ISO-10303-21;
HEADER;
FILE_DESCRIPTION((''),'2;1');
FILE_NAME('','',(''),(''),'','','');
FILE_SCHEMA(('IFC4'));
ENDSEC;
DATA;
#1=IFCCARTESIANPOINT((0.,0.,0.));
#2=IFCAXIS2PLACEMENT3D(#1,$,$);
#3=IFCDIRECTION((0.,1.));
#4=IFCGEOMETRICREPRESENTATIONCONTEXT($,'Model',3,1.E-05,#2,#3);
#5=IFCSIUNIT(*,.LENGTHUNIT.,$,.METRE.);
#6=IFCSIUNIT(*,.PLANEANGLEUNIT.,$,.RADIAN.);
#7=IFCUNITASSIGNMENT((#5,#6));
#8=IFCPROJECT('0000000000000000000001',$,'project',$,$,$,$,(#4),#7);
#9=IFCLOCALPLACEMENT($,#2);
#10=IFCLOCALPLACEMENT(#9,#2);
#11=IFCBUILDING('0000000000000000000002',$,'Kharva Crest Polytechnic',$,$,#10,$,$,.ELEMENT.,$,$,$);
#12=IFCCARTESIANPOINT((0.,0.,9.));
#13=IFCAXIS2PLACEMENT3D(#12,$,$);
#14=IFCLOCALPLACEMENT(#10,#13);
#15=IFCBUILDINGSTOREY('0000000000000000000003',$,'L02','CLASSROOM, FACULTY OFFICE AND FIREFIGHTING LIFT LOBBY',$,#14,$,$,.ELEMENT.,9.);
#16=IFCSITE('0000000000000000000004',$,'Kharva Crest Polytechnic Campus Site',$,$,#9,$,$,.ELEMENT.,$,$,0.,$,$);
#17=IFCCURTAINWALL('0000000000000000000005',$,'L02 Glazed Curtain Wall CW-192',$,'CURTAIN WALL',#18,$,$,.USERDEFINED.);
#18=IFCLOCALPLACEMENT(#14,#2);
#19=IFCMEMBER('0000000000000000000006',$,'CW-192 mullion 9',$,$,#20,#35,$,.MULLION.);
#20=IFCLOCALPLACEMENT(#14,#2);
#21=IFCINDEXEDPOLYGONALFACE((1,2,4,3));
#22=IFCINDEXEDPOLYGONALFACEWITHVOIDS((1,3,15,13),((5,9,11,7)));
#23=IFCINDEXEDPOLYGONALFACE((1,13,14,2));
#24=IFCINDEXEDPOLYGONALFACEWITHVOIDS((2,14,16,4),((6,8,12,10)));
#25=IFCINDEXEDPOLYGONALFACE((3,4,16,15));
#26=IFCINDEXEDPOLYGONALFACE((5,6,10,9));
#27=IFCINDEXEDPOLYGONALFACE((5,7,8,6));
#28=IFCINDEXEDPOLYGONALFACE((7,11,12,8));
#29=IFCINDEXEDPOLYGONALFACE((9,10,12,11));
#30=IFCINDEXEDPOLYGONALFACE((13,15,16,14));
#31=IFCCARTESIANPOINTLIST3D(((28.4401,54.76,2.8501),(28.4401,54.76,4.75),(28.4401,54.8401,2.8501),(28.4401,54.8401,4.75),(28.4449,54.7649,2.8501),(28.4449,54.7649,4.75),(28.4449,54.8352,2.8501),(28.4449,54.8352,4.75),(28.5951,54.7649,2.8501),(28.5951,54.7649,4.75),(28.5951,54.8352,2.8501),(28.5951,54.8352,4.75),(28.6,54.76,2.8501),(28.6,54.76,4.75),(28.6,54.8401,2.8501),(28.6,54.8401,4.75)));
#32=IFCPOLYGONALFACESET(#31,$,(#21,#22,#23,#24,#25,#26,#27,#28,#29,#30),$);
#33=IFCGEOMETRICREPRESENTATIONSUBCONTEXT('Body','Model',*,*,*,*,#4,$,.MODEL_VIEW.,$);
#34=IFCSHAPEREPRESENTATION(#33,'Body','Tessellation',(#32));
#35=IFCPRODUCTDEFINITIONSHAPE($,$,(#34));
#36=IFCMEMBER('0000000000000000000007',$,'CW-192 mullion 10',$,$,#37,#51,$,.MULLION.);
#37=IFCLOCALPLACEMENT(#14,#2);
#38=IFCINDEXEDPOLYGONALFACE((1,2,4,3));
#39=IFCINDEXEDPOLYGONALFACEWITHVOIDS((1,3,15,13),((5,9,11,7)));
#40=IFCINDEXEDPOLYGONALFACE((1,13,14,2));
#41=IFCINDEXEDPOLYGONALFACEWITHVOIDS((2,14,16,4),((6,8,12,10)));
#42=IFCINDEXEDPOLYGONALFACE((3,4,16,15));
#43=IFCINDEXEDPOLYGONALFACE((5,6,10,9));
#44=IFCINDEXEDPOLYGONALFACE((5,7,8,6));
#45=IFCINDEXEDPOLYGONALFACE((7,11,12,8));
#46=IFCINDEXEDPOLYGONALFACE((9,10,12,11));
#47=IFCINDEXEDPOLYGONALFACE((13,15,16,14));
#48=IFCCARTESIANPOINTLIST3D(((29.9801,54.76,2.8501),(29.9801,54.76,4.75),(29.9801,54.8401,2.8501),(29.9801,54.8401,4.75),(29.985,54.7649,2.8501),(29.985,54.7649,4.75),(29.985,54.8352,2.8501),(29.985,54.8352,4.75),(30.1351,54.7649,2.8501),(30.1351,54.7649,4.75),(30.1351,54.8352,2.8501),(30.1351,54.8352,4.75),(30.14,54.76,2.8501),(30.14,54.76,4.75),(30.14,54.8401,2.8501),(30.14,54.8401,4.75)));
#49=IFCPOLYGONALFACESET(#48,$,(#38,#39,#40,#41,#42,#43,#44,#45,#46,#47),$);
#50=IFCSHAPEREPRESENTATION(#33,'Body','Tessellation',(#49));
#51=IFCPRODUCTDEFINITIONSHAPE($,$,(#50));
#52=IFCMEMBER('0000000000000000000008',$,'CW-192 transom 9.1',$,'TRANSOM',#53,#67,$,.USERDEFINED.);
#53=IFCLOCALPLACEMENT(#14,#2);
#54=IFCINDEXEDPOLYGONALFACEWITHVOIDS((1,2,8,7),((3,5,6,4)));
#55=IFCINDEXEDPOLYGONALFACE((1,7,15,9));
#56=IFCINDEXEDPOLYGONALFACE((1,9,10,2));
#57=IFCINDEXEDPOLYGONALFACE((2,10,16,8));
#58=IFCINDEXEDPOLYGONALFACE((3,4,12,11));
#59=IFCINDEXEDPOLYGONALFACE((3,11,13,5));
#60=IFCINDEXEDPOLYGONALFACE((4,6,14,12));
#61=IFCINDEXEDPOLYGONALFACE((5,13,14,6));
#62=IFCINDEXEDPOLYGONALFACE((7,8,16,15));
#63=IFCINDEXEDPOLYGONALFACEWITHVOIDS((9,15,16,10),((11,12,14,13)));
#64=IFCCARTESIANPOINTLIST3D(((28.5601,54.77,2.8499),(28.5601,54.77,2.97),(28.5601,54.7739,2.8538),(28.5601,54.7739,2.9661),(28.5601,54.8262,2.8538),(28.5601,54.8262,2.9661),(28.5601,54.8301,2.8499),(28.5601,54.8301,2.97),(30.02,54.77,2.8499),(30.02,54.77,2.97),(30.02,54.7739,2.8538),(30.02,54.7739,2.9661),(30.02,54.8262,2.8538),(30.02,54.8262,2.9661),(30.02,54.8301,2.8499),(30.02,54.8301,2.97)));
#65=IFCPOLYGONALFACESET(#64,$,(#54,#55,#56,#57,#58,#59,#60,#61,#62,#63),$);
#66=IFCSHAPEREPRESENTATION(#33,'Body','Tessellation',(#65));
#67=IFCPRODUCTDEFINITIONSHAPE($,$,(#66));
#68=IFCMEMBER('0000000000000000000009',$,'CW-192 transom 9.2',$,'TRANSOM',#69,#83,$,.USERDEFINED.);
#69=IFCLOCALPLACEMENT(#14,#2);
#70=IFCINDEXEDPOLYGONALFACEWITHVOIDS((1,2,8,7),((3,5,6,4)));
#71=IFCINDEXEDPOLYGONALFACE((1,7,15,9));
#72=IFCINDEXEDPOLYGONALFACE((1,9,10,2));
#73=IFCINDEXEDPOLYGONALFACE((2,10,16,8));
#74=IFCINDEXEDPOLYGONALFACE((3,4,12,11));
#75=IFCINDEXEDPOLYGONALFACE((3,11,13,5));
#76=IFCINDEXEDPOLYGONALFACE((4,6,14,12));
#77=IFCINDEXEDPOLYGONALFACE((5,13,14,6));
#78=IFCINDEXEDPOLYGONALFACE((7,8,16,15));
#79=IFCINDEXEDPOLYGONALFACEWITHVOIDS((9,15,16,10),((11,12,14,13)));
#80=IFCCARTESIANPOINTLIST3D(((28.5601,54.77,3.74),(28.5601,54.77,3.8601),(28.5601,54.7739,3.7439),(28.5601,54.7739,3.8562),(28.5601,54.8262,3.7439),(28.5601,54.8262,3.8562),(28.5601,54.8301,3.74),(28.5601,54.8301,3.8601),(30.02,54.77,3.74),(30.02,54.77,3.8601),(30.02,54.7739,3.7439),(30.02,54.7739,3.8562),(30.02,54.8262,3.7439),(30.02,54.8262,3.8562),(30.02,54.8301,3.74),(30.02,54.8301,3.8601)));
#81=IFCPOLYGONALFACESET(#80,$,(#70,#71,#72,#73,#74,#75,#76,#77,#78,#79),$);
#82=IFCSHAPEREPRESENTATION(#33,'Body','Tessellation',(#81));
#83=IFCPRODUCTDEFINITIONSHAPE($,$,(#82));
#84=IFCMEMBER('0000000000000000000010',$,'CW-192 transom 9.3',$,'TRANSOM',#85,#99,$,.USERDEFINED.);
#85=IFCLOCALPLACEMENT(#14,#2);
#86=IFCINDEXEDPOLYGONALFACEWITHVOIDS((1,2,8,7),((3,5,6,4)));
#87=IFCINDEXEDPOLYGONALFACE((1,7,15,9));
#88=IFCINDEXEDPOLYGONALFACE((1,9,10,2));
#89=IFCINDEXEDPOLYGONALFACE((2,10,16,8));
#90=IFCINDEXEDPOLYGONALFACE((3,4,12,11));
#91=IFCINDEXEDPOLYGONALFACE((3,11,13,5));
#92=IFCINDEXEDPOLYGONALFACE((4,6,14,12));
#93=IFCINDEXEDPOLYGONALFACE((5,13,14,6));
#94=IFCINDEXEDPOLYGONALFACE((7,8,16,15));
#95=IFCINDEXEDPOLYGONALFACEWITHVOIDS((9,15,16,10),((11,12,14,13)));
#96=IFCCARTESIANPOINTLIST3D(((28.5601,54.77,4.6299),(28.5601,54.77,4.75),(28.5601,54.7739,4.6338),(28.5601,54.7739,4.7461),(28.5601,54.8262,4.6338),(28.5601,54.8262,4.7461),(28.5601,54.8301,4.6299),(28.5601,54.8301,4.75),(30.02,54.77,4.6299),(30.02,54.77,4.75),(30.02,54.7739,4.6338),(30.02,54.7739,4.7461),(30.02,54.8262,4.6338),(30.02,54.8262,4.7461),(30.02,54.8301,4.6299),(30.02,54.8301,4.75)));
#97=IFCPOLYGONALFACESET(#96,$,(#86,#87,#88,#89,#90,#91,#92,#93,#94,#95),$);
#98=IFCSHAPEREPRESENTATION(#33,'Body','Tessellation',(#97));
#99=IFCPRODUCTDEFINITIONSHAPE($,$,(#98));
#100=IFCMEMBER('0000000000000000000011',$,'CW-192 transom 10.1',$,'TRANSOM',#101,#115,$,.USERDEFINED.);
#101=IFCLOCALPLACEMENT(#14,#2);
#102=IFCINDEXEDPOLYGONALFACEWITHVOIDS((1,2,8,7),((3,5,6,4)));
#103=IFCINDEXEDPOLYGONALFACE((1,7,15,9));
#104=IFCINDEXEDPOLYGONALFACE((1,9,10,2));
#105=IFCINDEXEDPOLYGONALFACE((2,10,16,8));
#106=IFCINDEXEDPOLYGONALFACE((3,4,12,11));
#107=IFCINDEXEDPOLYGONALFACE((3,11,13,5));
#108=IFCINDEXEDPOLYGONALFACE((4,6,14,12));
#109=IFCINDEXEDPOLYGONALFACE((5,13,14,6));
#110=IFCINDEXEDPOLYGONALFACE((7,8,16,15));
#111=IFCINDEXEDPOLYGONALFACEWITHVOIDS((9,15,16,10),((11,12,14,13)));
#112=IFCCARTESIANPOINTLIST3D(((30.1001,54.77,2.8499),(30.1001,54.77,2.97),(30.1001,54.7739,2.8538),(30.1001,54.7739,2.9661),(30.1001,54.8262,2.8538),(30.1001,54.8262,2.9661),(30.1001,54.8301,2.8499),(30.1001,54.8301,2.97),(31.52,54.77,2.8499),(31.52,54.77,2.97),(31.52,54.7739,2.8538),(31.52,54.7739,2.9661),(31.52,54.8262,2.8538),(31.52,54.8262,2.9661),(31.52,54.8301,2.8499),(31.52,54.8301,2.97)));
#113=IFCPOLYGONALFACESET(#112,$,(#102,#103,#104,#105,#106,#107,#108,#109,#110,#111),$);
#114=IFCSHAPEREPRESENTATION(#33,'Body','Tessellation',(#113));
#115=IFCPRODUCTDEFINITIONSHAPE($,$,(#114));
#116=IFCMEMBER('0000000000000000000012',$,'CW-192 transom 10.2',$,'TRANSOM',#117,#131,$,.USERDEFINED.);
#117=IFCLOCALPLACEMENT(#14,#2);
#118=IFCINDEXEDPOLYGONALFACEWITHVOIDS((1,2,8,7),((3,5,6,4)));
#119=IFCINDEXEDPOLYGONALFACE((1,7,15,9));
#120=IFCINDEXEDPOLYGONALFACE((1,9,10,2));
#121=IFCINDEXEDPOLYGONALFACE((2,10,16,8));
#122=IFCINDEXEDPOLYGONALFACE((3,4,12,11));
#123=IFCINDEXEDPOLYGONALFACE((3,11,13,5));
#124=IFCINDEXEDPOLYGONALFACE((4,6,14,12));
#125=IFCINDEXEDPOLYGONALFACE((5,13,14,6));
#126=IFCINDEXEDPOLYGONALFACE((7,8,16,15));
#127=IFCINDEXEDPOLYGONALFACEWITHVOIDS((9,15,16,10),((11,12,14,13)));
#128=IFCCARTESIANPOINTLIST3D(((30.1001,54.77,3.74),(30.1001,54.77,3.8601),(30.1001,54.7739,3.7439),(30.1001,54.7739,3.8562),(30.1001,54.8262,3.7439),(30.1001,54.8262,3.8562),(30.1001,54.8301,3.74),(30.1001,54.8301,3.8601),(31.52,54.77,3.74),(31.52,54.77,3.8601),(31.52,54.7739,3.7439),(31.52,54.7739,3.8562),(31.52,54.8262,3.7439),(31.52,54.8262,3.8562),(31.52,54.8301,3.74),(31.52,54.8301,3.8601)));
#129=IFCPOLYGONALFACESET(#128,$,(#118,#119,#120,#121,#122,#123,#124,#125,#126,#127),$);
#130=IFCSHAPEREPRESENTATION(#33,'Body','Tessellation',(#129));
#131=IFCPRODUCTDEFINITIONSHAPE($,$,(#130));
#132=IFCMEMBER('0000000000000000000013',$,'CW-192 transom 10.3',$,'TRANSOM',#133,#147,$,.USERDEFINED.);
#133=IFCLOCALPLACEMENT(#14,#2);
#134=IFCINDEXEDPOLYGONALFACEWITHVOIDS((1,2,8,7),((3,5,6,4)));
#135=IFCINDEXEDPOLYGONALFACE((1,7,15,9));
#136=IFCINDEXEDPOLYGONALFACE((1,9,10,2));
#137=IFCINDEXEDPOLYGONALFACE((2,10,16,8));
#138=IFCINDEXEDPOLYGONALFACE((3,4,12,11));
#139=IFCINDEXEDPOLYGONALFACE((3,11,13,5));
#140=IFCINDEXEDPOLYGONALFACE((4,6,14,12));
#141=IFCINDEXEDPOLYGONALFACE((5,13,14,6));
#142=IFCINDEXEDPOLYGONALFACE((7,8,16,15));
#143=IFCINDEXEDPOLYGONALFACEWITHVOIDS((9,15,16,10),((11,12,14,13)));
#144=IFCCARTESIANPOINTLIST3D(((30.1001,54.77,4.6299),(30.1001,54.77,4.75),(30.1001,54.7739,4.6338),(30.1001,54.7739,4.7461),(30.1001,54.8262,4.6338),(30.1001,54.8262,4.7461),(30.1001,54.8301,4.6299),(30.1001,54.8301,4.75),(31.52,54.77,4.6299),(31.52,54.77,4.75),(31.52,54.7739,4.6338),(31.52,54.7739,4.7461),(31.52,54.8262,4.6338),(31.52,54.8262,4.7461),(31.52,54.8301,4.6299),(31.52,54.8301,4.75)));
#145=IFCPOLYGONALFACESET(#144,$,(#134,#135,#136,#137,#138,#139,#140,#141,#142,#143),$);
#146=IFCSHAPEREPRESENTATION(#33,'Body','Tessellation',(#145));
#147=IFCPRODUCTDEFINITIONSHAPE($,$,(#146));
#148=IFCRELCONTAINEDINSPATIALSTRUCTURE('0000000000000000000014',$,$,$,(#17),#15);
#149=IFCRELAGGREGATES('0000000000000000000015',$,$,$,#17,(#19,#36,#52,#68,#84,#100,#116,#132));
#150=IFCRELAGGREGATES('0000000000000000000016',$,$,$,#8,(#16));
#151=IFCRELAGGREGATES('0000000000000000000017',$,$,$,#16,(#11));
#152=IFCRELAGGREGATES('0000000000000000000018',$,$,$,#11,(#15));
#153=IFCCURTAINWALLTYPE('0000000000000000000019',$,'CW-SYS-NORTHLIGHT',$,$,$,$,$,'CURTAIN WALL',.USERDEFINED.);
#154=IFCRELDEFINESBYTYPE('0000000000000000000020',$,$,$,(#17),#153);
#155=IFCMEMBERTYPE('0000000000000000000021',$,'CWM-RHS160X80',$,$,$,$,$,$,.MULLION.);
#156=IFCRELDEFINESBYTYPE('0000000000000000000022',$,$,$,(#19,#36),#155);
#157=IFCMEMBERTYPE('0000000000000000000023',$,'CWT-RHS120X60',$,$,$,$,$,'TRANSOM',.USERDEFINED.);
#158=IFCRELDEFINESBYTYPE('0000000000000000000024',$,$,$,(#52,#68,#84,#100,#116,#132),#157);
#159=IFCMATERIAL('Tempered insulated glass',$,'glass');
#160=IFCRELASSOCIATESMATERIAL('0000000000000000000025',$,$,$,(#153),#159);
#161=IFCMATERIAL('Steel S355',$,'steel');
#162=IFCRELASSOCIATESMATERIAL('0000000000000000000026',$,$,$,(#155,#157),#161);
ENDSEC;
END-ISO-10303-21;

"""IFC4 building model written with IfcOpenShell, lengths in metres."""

from ifc_helpers import new_model, si_unit, direction, frame, origin, origin_2d, place, context, subcontext, project, spatial, hollow_rectangle, extrude, material, material_profile, profile_set, type_object, element, aggregate, save


model = new_model("IFC4")

# Units and contexts
model_context = context("Model", 3, precision=1e-05, world=origin(), true_north=direction((0.0, 1.0)))
body_context = subcontext(model_context, "Body", "Model", "MODEL_VIEW")
ifc_project = project(units=[si_unit("LENGTHUNIT", "METRE"), si_unit("PLANEANGLEUNIT", "RADIAN")], contexts=[model_context])

# Site, building, storey
site_placement = place(None, origin())
site = spatial("IfcSite", under=ifc_project, at=site_placement, Name="Kharva Crest Polytechnic Campus Site", CompositionType="ELEMENT", RefElevation=0.0)
building_placement = place(site_placement, origin())
building = spatial("IfcBuilding", under=site, at=building_placement, Name="Kharva Crest Polytechnic", CompositionType="ELEMENT")
storey_placement = place(building_placement, frame((0.0, 0.0, 9.0)))
storey = spatial("IfcBuildingStorey", under=building, at=storey_placement, Name="L02", Description="CLASSROOM, FACULTY OFFICE AND FIREFIGHTING LIFT LOBBY", CompositionType="ELEMENT", Elevation=9.0)

# Curtain wall, members
ifc_material_1 = material(Name="Tempered insulated glass", Category="glass")
curtain_wall_type = type_object("IfcCurtainWallType", Name="CW-SYS-NORTHLIGHT", ElementType="CURTAIN WALL", PredefinedType="USERDEFINED", material=ifc_material_1)
curtain_wall_placement = place(storey_placement, origin())
curtain_wall = element("IfcCurtainWall", 1, at=curtain_wall_placement, inside=storey, type_object=curtain_wall_type, Name="L02 Glazed Curtain Wall CW-192", ObjectType="CURTAIN WALL", PredefinedType="USERDEFINED")
ifc_material_2 = material(Name="Steel S355", Category="steel")
ifc_material_profile_1 = material_profile(ifc_material_2, hollow_rectangle(XDim=0.0801, YDim=0.1599, WallThickness=0.0049, at=origin_2d()), Name="RHS 160X80X5.0")
ifc_profile_set_1 = profile_set([ifc_material_profile_1], Name="Steel S355")
member_type_1 = type_object("IfcMemberType", Name="CWM-RHS160X80", PredefinedType="MULLION", material=ifc_profile_set_1)
member_1_placement = place(storey_placement, frame((28.52, 54.8, 2.8501), z_axis=(0.0, 0.0, 1.0), x_axis=(0.0, 1.0, 0.0)))
member_1 = element("IfcMember", 2, at=member_1_placement, type_object=member_type_1, Name="CW-192 mullion 9", PredefinedType="MULLION", context=body_context, shape_type="SweptSolid", body=[
    extrude(hollow_rectangle(XDim=0.0801, YDim=0.1599, WallThickness=0.0049, at=origin_2d()), origin(), (0.0, 0.0, 1.0), 1.8999),
])
member_2_placement = place(storey_placement, frame((30.0601, 54.8, 2.8501), z_axis=(0.0, 0.0, 1.0), x_axis=(0.0, 1.0, 0.0)))
member_2 = element("IfcMember", 3, at=member_2_placement, type_object=member_type_1, Name="CW-192 mullion 10", PredefinedType="MULLION", context=body_context, shape_type="SweptSolid", body=[
    extrude(hollow_rectangle(XDim=0.0801, YDim=0.1599, WallThickness=0.0049, at=origin_2d()), origin(), (0.0, 0.0, 1.0), 1.8999),
])
ifc_material_profile_2 = material_profile(ifc_material_2, hollow_rectangle(XDim=0.0601, YDim=0.1201, WallThickness=0.0039, at=origin_2d()), Name="RHS 120X60X4.0")
ifc_profile_set_2 = profile_set([ifc_material_profile_2], Name="Steel S355")
member_type_2 = type_object("IfcMemberType", Name="CWT-RHS120X60", ElementType="TRANSOM", PredefinedType="USERDEFINED", material=ifc_profile_set_2)
member_3_placement = place(storey_placement, frame((28.5601, 54.8, 2.9099), z_axis=(1.0, 0.0, 0.0), x_axis=(0.0, 1.0, 0.0)))
member_3 = element("IfcMember", 4, at=member_3_placement, type_object=member_type_2, Name="CW-192 transom 9.1", ObjectType="TRANSOM", PredefinedType="USERDEFINED", context=body_context, shape_type="SweptSolid", body=[
    extrude(hollow_rectangle(XDim=0.0601, YDim=0.1201, WallThickness=0.0039, at=origin_2d()), origin(), (0.0, 0.0, 1.0), 1.46),
])
member_4_placement = place(storey_placement, frame((28.5601, 54.8, 3.8), z_axis=(1.0, 0.0, 0.0), x_axis=(0.0, 1.0, 0.0)))
member_4 = element("IfcMember", 5, at=member_4_placement, type_object=member_type_2, Name="CW-192 transom 9.2", ObjectType="TRANSOM", PredefinedType="USERDEFINED", context=body_context, shape_type="SweptSolid", body=[
    extrude(hollow_rectangle(XDim=0.0601, YDim=0.1201, WallThickness=0.0039, at=origin_2d()), origin(), (0.0, 0.0, 1.0), 1.46),
])
member_5_placement = place(storey_placement, frame((28.5601, 54.8, 4.6899), z_axis=(1.0, 0.0, 0.0), x_axis=(0.0, 1.0, 0.0)))
member_5 = element("IfcMember", 6, at=member_5_placement, type_object=member_type_2, Name="CW-192 transom 9.3", ObjectType="TRANSOM", PredefinedType="USERDEFINED", context=body_context, shape_type="SweptSolid", body=[
    extrude(hollow_rectangle(XDim=0.0601, YDim=0.1201, WallThickness=0.0039, at=origin_2d()), origin(), (0.0, 0.0, 1.0), 1.46),
])
member_6_placement = place(storey_placement, frame((30.1001, 54.8, 2.9099), z_axis=(1.0, 0.0, 0.0), x_axis=(0.0, 1.0, 0.0)))
member_6 = element("IfcMember", 7, at=member_6_placement, type_object=member_type_2, Name="CW-192 transom 10.1", ObjectType="TRANSOM", PredefinedType="USERDEFINED", context=body_context, shape_type="SweptSolid", body=[
    extrude(hollow_rectangle(XDim=0.0601, YDim=0.1201, WallThickness=0.0039, at=origin_2d()), origin(), (0.0, 0.0, 1.0), 1.4199),
])
member_7_placement = place(storey_placement, frame((30.1001, 54.8, 3.8), z_axis=(1.0, 0.0, 0.0), x_axis=(0.0, 1.0, 0.0)))
member_7 = element("IfcMember", 8, at=member_7_placement, type_object=member_type_2, Name="CW-192 transom 10.2", ObjectType="TRANSOM", PredefinedType="USERDEFINED", context=body_context, shape_type="SweptSolid", body=[
    extrude(hollow_rectangle(XDim=0.0601, YDim=0.1201, WallThickness=0.0039, at=origin_2d()), origin(), (0.0, 0.0, 1.0), 1.4199),
])
member_8_placement = place(storey_placement, frame((30.1001, 54.8, 4.6899), z_axis=(1.0, 0.0, 0.0), x_axis=(0.0, 1.0, 0.0)))
member_8 = element("IfcMember", 9, at=member_8_placement, type_object=member_type_2, Name="CW-192 transom 10.3", ObjectType="TRANSOM", PredefinedType="USERDEFINED", context=body_context, shape_type="SweptSolid", body=[
    extrude(hollow_rectangle(XDim=0.0601, YDim=0.1201, WallThickness=0.0039, at=origin_2d()), origin(), (0.0, 0.0, 1.0), 1.4199),
])

aggregate(curtain_wall, [member_1, member_2, member_3, member_4, member_5, member_6, member_7, member_8])

save(model, "model.ifc")
